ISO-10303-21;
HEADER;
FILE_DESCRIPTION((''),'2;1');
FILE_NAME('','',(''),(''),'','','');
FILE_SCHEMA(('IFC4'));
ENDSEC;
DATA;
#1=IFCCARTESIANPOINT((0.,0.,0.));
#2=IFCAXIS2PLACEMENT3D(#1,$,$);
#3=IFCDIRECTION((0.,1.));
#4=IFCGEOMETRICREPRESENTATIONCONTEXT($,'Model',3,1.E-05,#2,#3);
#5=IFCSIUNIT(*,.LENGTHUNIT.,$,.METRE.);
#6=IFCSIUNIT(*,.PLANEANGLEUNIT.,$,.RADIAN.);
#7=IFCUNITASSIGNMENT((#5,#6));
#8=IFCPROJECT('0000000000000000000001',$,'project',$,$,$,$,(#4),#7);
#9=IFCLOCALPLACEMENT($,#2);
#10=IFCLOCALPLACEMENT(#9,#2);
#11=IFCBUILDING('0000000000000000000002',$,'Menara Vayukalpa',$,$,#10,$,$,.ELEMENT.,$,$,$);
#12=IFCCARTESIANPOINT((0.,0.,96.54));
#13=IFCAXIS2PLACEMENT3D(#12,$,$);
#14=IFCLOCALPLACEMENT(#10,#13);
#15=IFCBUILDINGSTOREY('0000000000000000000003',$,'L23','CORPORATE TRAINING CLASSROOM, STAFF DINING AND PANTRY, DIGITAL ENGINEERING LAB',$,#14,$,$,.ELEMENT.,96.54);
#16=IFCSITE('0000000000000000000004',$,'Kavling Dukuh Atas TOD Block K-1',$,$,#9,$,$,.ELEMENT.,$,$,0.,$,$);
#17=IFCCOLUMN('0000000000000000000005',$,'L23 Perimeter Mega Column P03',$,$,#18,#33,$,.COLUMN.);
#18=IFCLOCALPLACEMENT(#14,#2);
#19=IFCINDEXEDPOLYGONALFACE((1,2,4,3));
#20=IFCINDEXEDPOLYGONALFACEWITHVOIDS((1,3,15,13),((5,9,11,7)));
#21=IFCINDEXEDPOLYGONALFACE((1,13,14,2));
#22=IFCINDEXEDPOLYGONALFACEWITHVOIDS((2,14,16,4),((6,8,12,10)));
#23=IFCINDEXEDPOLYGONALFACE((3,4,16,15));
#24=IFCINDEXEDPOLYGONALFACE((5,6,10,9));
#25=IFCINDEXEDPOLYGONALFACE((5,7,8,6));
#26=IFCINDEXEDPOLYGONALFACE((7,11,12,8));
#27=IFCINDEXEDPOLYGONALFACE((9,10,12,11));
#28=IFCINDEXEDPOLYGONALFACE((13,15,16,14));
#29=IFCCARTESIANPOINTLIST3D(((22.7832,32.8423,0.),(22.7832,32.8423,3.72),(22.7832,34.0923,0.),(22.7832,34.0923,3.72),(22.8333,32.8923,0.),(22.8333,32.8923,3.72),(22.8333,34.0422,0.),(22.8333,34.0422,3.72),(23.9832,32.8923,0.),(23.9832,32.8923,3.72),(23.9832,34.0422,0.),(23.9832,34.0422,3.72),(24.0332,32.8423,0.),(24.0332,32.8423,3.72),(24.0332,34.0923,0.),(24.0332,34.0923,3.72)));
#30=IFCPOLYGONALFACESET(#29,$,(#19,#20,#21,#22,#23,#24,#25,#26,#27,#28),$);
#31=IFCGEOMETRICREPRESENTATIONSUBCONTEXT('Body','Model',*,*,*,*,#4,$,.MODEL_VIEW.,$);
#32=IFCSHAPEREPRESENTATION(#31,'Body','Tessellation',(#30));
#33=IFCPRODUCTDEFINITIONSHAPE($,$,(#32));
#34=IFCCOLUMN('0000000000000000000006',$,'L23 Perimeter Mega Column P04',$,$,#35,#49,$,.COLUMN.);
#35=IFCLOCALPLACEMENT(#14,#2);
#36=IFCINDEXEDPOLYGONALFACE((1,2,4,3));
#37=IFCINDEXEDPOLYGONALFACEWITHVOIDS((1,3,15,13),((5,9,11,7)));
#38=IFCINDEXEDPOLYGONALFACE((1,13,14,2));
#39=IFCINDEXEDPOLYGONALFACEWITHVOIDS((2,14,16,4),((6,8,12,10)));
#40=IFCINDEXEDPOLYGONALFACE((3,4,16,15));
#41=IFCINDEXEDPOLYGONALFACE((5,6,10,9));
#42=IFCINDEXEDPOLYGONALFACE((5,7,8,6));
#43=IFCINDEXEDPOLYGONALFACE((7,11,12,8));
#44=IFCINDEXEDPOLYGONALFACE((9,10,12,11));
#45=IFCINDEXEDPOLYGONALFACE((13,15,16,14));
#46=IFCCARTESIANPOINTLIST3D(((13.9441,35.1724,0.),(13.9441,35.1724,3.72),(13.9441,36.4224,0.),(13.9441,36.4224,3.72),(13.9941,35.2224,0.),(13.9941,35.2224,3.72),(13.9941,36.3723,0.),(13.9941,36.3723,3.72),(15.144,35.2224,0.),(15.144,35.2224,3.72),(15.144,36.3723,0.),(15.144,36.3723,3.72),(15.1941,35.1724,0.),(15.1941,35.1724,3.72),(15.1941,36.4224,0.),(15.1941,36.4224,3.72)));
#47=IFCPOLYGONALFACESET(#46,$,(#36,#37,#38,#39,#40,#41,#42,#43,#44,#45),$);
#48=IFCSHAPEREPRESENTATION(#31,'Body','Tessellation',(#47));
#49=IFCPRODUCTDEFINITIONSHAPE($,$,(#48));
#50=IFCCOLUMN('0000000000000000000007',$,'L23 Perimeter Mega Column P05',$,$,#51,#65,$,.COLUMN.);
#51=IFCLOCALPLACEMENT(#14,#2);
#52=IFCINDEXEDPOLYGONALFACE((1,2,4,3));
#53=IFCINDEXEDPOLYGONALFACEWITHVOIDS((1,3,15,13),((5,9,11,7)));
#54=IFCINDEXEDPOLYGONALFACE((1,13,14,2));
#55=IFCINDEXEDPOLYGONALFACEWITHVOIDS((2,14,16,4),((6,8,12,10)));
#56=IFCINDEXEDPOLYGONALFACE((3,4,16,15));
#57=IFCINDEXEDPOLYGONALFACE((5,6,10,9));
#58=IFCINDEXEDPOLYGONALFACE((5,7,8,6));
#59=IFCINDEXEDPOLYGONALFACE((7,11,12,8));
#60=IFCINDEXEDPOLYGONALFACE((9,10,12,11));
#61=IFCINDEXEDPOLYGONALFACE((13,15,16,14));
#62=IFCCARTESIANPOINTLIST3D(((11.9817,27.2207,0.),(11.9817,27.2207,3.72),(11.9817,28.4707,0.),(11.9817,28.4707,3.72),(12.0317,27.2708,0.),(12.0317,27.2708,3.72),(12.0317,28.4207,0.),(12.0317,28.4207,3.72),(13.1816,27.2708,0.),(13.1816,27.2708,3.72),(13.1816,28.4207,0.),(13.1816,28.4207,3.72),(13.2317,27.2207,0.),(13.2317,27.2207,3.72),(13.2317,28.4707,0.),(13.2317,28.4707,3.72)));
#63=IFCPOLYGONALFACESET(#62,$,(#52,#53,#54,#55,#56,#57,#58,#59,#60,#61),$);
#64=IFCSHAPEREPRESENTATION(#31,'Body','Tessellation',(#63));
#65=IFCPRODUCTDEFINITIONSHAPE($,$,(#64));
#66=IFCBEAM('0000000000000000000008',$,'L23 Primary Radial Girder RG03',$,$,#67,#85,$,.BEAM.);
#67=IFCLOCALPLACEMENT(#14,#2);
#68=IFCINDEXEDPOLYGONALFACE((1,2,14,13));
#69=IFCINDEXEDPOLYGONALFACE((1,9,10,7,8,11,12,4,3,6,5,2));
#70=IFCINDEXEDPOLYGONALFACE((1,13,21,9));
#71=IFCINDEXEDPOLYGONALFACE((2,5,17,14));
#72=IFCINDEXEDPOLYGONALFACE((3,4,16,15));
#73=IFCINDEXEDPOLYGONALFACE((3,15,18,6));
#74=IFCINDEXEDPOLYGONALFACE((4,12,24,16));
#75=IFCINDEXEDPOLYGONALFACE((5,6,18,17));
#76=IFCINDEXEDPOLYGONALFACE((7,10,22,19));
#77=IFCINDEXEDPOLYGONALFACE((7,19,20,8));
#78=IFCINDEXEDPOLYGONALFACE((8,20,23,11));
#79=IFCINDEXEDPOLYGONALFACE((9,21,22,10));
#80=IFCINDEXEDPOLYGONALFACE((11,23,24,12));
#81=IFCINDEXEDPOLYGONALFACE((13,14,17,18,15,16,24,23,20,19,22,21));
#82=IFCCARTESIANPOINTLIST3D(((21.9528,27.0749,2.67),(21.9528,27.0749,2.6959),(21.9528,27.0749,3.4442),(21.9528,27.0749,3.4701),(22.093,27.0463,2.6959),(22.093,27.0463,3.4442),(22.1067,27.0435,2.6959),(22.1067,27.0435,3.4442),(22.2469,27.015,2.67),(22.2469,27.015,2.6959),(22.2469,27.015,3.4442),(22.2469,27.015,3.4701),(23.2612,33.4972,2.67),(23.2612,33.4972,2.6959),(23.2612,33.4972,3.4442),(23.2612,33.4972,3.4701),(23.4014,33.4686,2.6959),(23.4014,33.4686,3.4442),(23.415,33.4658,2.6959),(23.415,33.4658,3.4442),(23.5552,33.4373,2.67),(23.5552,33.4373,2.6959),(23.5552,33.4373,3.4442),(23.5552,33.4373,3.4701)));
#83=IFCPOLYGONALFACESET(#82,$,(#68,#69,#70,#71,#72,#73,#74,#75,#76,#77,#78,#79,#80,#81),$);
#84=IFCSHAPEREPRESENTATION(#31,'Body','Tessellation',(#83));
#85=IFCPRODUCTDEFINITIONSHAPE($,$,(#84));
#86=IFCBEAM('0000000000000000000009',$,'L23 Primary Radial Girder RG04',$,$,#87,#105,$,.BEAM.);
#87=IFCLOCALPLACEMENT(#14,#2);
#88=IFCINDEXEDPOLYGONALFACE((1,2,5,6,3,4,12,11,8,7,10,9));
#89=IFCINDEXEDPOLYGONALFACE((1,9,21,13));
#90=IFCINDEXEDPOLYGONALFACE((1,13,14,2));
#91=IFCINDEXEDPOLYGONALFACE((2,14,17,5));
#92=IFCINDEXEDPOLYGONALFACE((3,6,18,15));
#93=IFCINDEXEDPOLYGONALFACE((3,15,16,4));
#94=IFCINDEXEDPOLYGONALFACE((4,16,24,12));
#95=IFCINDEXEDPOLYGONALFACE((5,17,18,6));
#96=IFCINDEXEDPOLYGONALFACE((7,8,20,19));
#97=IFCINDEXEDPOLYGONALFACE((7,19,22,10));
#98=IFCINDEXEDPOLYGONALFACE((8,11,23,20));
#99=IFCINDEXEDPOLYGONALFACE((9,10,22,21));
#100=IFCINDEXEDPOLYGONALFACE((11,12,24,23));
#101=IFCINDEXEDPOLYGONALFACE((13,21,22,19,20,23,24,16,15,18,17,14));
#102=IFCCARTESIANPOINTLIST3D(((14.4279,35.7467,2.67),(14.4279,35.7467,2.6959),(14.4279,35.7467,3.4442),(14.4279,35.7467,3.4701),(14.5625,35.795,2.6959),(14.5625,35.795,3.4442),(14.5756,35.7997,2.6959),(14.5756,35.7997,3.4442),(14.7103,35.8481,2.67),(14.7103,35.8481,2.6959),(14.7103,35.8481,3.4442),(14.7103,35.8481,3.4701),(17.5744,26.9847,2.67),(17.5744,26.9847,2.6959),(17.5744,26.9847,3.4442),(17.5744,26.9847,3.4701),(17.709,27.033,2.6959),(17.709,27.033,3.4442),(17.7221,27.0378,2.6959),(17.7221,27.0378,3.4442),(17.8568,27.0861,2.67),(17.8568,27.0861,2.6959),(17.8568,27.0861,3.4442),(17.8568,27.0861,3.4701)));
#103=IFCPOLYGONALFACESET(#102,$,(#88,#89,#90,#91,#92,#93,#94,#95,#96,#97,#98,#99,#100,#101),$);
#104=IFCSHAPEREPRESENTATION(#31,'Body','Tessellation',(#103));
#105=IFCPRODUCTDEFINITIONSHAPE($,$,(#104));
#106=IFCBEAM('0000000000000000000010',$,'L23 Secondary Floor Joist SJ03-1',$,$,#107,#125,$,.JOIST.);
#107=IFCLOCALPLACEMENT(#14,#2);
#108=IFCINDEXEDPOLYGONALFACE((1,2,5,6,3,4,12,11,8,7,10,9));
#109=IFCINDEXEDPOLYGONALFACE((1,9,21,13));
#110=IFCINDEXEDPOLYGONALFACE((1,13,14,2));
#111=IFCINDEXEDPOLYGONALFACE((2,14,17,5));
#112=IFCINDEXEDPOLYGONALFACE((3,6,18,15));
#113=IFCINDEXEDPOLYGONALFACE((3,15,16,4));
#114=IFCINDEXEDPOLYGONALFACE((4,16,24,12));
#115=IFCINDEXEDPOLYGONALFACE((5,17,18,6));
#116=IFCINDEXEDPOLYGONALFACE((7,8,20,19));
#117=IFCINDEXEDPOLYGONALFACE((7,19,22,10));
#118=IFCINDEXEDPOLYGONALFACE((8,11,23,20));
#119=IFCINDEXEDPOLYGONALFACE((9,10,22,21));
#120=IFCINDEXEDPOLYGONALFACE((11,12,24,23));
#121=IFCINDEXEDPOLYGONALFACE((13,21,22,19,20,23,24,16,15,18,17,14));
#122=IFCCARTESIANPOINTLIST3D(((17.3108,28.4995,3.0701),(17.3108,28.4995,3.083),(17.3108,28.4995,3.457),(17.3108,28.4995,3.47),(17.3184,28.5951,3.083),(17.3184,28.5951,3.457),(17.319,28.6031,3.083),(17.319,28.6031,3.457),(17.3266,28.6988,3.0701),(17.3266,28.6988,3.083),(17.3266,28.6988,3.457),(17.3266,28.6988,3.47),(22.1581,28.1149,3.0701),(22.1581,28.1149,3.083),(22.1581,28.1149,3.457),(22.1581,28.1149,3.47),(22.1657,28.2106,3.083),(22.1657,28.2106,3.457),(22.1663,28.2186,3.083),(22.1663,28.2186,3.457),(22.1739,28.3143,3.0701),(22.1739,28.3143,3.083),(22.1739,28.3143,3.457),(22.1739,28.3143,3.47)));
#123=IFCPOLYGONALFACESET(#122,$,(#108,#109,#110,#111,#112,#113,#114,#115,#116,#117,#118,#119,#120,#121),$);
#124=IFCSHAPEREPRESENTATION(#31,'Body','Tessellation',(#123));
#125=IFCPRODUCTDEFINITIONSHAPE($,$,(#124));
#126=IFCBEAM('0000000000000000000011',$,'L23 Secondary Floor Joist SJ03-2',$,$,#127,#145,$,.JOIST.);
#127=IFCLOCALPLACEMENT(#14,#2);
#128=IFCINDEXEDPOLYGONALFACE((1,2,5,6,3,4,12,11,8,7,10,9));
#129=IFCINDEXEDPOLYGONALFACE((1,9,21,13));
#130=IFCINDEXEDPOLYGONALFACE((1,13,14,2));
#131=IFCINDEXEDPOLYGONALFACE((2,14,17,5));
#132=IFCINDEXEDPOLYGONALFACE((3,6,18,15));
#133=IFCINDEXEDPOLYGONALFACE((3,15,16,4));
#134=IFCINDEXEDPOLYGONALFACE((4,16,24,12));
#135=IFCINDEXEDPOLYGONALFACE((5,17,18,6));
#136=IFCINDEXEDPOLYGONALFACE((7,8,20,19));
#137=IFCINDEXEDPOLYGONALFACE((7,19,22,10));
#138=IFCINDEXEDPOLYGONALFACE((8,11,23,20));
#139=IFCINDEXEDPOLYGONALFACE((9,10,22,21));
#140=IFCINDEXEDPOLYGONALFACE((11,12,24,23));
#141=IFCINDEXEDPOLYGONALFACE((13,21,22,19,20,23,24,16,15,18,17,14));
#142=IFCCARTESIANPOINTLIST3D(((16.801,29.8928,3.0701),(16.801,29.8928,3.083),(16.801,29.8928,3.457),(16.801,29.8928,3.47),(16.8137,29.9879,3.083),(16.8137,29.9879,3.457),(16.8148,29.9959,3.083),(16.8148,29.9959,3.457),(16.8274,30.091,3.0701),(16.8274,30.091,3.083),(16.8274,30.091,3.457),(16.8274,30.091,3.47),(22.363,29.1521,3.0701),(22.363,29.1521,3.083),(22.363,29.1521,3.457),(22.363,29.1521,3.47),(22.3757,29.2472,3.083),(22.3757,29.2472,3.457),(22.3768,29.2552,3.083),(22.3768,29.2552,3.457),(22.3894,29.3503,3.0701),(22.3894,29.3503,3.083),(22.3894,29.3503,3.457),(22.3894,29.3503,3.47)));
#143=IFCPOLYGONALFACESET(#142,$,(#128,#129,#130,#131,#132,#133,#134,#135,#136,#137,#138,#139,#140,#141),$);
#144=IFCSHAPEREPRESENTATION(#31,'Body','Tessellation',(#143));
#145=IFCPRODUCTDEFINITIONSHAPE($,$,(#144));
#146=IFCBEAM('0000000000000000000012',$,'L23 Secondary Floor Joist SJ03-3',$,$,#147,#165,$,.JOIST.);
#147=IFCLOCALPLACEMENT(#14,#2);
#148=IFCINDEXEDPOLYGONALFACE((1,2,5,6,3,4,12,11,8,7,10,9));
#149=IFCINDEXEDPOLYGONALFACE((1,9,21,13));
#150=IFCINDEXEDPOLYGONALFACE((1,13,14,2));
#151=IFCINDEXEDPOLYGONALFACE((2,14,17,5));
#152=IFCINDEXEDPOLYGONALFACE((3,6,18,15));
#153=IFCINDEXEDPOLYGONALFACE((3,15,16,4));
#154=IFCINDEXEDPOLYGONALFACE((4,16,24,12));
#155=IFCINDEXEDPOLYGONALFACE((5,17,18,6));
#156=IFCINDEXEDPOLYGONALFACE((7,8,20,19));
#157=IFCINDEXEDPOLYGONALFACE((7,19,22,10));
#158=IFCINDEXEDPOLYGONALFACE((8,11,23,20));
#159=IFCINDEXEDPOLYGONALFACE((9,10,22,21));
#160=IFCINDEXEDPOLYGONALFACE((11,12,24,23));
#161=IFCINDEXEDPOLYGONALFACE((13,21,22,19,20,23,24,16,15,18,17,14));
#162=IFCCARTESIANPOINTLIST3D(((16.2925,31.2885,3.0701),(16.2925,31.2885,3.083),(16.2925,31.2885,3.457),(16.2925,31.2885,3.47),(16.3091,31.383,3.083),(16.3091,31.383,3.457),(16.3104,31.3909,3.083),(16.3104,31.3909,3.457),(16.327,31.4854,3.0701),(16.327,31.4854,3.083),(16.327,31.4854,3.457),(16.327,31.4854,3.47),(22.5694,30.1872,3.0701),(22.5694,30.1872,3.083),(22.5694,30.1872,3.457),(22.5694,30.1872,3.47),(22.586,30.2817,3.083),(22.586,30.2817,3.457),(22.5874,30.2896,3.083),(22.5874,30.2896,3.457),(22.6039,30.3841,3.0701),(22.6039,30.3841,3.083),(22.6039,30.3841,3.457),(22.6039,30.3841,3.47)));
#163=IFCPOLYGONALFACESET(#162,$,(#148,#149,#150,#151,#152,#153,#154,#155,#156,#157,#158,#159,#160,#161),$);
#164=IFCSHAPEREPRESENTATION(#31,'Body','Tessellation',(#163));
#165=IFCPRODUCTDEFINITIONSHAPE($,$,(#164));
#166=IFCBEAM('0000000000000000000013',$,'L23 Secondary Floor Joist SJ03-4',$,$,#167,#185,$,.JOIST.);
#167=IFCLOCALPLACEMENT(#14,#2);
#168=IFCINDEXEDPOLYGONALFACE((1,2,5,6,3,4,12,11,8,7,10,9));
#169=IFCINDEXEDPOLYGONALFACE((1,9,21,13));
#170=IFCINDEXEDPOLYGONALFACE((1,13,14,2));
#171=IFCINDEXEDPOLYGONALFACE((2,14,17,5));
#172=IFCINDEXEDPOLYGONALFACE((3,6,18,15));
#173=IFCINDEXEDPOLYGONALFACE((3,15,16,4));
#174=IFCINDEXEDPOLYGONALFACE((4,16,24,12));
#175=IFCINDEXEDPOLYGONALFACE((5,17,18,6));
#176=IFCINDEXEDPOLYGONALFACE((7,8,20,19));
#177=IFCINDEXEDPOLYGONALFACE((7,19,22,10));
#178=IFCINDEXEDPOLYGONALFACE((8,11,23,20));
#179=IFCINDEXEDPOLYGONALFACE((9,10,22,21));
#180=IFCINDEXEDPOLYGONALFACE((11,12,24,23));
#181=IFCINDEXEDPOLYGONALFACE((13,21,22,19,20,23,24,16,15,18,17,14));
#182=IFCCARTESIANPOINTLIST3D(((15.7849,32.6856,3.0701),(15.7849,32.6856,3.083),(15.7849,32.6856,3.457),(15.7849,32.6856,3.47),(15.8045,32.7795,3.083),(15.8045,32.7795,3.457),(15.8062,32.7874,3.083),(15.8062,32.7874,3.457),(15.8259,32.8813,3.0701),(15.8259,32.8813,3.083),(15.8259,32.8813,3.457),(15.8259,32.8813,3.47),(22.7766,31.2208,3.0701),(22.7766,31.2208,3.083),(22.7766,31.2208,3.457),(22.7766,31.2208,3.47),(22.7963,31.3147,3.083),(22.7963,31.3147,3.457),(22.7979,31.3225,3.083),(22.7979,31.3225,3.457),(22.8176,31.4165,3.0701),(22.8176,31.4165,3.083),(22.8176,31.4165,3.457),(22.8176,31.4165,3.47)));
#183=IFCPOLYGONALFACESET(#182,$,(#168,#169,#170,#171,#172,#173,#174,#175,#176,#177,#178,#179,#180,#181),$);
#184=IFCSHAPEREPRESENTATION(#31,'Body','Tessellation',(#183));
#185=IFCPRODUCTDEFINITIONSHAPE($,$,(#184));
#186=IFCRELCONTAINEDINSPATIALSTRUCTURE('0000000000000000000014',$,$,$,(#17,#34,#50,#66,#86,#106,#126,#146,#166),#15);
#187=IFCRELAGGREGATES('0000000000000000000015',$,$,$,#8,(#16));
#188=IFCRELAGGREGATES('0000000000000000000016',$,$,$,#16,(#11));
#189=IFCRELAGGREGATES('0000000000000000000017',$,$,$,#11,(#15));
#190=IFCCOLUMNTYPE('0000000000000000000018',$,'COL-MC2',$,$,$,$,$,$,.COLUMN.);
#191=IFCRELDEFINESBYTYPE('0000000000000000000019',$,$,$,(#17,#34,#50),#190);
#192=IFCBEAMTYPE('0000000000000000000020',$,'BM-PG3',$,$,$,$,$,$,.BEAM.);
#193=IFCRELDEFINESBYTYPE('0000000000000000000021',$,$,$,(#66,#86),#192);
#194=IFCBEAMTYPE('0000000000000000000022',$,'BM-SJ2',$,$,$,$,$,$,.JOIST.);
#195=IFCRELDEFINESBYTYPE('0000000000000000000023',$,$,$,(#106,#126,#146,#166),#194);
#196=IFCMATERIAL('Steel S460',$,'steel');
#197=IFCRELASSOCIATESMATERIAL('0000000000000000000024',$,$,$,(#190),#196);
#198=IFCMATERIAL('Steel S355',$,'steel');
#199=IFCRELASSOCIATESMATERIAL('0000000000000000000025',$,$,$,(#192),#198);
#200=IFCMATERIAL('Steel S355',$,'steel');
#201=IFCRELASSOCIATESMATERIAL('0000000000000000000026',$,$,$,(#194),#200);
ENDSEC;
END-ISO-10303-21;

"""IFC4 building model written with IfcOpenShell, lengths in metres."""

from ifc_helpers import new_model, si_unit, direction, frame, origin, origin_2d, place, context, subcontext, project, spatial, hollow_rectangle, i_section, extrude, material, material_profile, profile_set, type_object, element, save


model = new_model("IFC4")

# Units and contexts
model_context = context("Model", 3, precision=1e-05, world=origin(), true_north=direction((0.0, 1.0)))
body_context = subcontext(model_context, "Body", "Model", "MODEL_VIEW")
ifc_project = project(units=[si_unit("LENGTHUNIT", "METRE"), si_unit("PLANEANGLEUNIT", "RADIAN")], contexts=[model_context])

# Site, building, storey
site_placement = place(None, origin())
site = spatial("IfcSite", under=ifc_project, at=site_placement, Name="Kavling Dukuh Atas TOD Block K-1", CompositionType="ELEMENT", RefElevation=0.0)
building_placement = place(site_placement, origin())
building = spatial("IfcBuilding", under=site, at=building_placement, Name="Menara Vayukalpa", CompositionType="ELEMENT")
storey_placement = place(building_placement, frame((0.0, 0.0, 96.54)))
storey = spatial("IfcBuildingStorey", under=building, at=storey_placement, Name="L23", Description="CORPORATE TRAINING CLASSROOM, STAFF DINING AND PANTRY, DIGITAL ENGINEERING LAB", CompositionType="ELEMENT", Elevation=96.54)

# Columns
ifc_material_1 = material(Name="Steel S460", Category="steel")
ifc_material_profile_1 = material_profile(ifc_material_1, hollow_rectangle(XDim=1.25, YDim=1.25, WallThickness=0.05, at=origin_2d()), Name="BOX 1250x1250x50")
ifc_profile_set_1 = profile_set([ifc_material_profile_1], Name="Steel S460")
column_type = type_object("IfcColumnType", Name="COL-MC2", PredefinedType="COLUMN", material=ifc_profile_set_1)
for number, where, z_axis, x_axis, name in (
    (1, (23.4082, 33.4673, 0.0), (0.0, 0.0, 1.0), (1.0, 0.0, 0.0), "L23 Perimeter Mega Column P03"),
    (2, (14.5691, 35.7974, 0.0), (0.0, 0.0, 1.0), (1.0, 0.0, 0.0), "L23 Perimeter Mega Column P04"),
    (3, (12.6067, 27.8457, 0.0), (0.0, 0.0, 1.0), (1.0, 0.0, 0.0), "L23 Perimeter Mega Column P05"),
):
    element("IfcColumn", number, at=place(storey_placement, frame(where, z_axis=z_axis, x_axis=x_axis)), inside=storey, type_object=column_type, Name=name, PredefinedType="COLUMN", context=body_context, shape_type="SweptSolid", body=[
        extrude(hollow_rectangle(XDim=1.25, YDim=1.25, WallThickness=0.05, at=origin_2d()), origin(), (0.0, 0.0, 1.0), 3.72),
    ])

# Beams
ifc_material_2 = material(Name="Steel S355", Category="steel")
ifc_material_profile_2 = material_profile(ifc_material_2, i_section(OverallWidth=0.3, OverallDepth=0.8, WebThickness=0.0139, FlangeThickness=0.0259, at=origin_2d()), Name="WF 800x300x14x26")
ifc_profile_set_2 = profile_set([ifc_material_profile_2], Name="Steel S355")
beam_type_1 = type_object("IfcBeamType", Name="BM-PG3", PredefinedType="BEAM", material=ifc_profile_set_2)
beam_1_placement = place(storey_placement, frame((22.0999, 27.0449, 3.0701), z_axis=(0.199618, 0.979874, 0.0), x_axis=(-0.979874, 0.199618, 0.0)))
element("IfcBeam", 4, at=beam_1_placement, inside=storey, type_object=beam_type_1, Name="L23 Primary Radial Girder RG03", PredefinedType="BEAM", context=body_context, shape_type="SweptSolid", body=[
    extrude(i_section(OverallWidth=0.3, OverallDepth=0.8, WebThickness=0.0139, FlangeThickness=0.0259, at=origin_2d()), origin(), (0.0, 0.0, 1.0), 6.5542),
])
beam_2_placement = place(storey_placement, frame((17.7156, 27.0354, 3.0701), z_axis=(-0.337976, 0.941155, 0.0), x_axis=(-0.941155, -0.337976, 0.0)))
element("IfcBeam", 5, at=beam_2_placement, inside=storey, type_object=beam_type_1, Name="L23 Primary Radial Girder RG04", PredefinedType="BEAM", context=body_context, shape_type="SweptSolid", body=[
    extrude(i_section(OverallWidth=0.3, OverallDepth=0.8, WebThickness=0.0139, FlangeThickness=0.0259, at=origin_2d()), origin(), (0.0, 0.0, 1.0), 9.3098),
])
ifc_material_3 = material(Name="Steel S355", Category="steel")
ifc_material_profile_3 = material_profile(ifc_material_3, i_section(OverallWidth=0.2, OverallDepth=0.3999, WebThickness=0.0081, FlangeThickness=0.0129, at=origin_2d()), Name="WF 400x200x8x13")
ifc_profile_set_3 = profile_set([ifc_material_profile_3], Name="Steel S355")
beam_type_2 = type_object("IfcBeamType", Name="BM-SJ2", PredefinedType="JOIST", material=ifc_profile_set_3)
beam_3_placement = place(storey_placement, frame((22.166, 28.2146, 3.27), z_axis=(-0.996869, 0.079077, 0.0), x_axis=(-0.079077, -0.996869, 0.0)))
element("IfcBeam", 6, at=beam_3_placement, inside=storey, type_object=beam_type_2, Name="L23 Secondary Floor Joist SJ03-1", PredefinedType="JOIST", context=body_context, shape_type="SweptSolid", body=[
    extrude(i_section(OverallWidth=0.2, OverallDepth=0.3999, WebThickness=0.0081, FlangeThickness=0.0129, at=origin_2d()), origin(), (0.0, 0.0, 1.0), 4.8625),
])
beam_4_placement = place(storey_placement, frame((22.3762, 29.2512, 3.27), z_axis=(-0.991248, 0.13201, 0.0), x_axis=(-0.13201, -0.991248, 0.0)))
element("IfcBeam", 7, at=beam_4_placement, inside=storey, type_object=beam_type_2, Name="L23 Secondary Floor Joist SJ03-2", PredefinedType="JOIST", context=body_context, shape_type="SweptSolid", body=[
    extrude(i_section(OverallWidth=0.2, OverallDepth=0.3999, WebThickness=0.0081, FlangeThickness=0.0129, at=origin_2d()), origin(), (0.0, 0.0, 1.0), 5.6111),
])
beam_5_placement = place(storey_placement, frame((22.5867, 30.2856, 3.27), z_axis=(-0.984954, 0.172817, 0.0), x_axis=(-0.172817, -0.984954, 0.0)))
element("IfcBeam", 8, at=beam_5_placement, inside=storey, type_object=beam_type_2, Name="L23 Secondary Floor Joist SJ03-3", PredefinedType="JOIST", context=body_context, shape_type="SweptSolid", body=[
    extrude(i_section(OverallWidth=0.2, OverallDepth=0.3999, WebThickness=0.0081, FlangeThickness=0.0129, at=origin_2d()), origin(), (0.0, 0.0, 1.0), 6.3728),
])
beam_6_placement = place(storey_placement, frame((22.7971, 31.3186, 3.27), z_axis=(-0.978749, 0.20506, 0.0), x_axis=(-0.20506, -0.978749, 0.0)))
element("IfcBeam", 9, at=beam_6_placement, inside=storey, type_object=beam_type_2, Name="L23 Secondary Floor Joist SJ03-4", PredefinedType="JOIST", context=body_context, shape_type="SweptSolid", body=[
    extrude(i_section(OverallWidth=0.2, OverallDepth=0.3999, WebThickness=0.0081, FlangeThickness=0.0129, at=origin_2d()), origin(), (0.0, 0.0, 1.0), 7.1436),
])

save(model, "model.ifc")
